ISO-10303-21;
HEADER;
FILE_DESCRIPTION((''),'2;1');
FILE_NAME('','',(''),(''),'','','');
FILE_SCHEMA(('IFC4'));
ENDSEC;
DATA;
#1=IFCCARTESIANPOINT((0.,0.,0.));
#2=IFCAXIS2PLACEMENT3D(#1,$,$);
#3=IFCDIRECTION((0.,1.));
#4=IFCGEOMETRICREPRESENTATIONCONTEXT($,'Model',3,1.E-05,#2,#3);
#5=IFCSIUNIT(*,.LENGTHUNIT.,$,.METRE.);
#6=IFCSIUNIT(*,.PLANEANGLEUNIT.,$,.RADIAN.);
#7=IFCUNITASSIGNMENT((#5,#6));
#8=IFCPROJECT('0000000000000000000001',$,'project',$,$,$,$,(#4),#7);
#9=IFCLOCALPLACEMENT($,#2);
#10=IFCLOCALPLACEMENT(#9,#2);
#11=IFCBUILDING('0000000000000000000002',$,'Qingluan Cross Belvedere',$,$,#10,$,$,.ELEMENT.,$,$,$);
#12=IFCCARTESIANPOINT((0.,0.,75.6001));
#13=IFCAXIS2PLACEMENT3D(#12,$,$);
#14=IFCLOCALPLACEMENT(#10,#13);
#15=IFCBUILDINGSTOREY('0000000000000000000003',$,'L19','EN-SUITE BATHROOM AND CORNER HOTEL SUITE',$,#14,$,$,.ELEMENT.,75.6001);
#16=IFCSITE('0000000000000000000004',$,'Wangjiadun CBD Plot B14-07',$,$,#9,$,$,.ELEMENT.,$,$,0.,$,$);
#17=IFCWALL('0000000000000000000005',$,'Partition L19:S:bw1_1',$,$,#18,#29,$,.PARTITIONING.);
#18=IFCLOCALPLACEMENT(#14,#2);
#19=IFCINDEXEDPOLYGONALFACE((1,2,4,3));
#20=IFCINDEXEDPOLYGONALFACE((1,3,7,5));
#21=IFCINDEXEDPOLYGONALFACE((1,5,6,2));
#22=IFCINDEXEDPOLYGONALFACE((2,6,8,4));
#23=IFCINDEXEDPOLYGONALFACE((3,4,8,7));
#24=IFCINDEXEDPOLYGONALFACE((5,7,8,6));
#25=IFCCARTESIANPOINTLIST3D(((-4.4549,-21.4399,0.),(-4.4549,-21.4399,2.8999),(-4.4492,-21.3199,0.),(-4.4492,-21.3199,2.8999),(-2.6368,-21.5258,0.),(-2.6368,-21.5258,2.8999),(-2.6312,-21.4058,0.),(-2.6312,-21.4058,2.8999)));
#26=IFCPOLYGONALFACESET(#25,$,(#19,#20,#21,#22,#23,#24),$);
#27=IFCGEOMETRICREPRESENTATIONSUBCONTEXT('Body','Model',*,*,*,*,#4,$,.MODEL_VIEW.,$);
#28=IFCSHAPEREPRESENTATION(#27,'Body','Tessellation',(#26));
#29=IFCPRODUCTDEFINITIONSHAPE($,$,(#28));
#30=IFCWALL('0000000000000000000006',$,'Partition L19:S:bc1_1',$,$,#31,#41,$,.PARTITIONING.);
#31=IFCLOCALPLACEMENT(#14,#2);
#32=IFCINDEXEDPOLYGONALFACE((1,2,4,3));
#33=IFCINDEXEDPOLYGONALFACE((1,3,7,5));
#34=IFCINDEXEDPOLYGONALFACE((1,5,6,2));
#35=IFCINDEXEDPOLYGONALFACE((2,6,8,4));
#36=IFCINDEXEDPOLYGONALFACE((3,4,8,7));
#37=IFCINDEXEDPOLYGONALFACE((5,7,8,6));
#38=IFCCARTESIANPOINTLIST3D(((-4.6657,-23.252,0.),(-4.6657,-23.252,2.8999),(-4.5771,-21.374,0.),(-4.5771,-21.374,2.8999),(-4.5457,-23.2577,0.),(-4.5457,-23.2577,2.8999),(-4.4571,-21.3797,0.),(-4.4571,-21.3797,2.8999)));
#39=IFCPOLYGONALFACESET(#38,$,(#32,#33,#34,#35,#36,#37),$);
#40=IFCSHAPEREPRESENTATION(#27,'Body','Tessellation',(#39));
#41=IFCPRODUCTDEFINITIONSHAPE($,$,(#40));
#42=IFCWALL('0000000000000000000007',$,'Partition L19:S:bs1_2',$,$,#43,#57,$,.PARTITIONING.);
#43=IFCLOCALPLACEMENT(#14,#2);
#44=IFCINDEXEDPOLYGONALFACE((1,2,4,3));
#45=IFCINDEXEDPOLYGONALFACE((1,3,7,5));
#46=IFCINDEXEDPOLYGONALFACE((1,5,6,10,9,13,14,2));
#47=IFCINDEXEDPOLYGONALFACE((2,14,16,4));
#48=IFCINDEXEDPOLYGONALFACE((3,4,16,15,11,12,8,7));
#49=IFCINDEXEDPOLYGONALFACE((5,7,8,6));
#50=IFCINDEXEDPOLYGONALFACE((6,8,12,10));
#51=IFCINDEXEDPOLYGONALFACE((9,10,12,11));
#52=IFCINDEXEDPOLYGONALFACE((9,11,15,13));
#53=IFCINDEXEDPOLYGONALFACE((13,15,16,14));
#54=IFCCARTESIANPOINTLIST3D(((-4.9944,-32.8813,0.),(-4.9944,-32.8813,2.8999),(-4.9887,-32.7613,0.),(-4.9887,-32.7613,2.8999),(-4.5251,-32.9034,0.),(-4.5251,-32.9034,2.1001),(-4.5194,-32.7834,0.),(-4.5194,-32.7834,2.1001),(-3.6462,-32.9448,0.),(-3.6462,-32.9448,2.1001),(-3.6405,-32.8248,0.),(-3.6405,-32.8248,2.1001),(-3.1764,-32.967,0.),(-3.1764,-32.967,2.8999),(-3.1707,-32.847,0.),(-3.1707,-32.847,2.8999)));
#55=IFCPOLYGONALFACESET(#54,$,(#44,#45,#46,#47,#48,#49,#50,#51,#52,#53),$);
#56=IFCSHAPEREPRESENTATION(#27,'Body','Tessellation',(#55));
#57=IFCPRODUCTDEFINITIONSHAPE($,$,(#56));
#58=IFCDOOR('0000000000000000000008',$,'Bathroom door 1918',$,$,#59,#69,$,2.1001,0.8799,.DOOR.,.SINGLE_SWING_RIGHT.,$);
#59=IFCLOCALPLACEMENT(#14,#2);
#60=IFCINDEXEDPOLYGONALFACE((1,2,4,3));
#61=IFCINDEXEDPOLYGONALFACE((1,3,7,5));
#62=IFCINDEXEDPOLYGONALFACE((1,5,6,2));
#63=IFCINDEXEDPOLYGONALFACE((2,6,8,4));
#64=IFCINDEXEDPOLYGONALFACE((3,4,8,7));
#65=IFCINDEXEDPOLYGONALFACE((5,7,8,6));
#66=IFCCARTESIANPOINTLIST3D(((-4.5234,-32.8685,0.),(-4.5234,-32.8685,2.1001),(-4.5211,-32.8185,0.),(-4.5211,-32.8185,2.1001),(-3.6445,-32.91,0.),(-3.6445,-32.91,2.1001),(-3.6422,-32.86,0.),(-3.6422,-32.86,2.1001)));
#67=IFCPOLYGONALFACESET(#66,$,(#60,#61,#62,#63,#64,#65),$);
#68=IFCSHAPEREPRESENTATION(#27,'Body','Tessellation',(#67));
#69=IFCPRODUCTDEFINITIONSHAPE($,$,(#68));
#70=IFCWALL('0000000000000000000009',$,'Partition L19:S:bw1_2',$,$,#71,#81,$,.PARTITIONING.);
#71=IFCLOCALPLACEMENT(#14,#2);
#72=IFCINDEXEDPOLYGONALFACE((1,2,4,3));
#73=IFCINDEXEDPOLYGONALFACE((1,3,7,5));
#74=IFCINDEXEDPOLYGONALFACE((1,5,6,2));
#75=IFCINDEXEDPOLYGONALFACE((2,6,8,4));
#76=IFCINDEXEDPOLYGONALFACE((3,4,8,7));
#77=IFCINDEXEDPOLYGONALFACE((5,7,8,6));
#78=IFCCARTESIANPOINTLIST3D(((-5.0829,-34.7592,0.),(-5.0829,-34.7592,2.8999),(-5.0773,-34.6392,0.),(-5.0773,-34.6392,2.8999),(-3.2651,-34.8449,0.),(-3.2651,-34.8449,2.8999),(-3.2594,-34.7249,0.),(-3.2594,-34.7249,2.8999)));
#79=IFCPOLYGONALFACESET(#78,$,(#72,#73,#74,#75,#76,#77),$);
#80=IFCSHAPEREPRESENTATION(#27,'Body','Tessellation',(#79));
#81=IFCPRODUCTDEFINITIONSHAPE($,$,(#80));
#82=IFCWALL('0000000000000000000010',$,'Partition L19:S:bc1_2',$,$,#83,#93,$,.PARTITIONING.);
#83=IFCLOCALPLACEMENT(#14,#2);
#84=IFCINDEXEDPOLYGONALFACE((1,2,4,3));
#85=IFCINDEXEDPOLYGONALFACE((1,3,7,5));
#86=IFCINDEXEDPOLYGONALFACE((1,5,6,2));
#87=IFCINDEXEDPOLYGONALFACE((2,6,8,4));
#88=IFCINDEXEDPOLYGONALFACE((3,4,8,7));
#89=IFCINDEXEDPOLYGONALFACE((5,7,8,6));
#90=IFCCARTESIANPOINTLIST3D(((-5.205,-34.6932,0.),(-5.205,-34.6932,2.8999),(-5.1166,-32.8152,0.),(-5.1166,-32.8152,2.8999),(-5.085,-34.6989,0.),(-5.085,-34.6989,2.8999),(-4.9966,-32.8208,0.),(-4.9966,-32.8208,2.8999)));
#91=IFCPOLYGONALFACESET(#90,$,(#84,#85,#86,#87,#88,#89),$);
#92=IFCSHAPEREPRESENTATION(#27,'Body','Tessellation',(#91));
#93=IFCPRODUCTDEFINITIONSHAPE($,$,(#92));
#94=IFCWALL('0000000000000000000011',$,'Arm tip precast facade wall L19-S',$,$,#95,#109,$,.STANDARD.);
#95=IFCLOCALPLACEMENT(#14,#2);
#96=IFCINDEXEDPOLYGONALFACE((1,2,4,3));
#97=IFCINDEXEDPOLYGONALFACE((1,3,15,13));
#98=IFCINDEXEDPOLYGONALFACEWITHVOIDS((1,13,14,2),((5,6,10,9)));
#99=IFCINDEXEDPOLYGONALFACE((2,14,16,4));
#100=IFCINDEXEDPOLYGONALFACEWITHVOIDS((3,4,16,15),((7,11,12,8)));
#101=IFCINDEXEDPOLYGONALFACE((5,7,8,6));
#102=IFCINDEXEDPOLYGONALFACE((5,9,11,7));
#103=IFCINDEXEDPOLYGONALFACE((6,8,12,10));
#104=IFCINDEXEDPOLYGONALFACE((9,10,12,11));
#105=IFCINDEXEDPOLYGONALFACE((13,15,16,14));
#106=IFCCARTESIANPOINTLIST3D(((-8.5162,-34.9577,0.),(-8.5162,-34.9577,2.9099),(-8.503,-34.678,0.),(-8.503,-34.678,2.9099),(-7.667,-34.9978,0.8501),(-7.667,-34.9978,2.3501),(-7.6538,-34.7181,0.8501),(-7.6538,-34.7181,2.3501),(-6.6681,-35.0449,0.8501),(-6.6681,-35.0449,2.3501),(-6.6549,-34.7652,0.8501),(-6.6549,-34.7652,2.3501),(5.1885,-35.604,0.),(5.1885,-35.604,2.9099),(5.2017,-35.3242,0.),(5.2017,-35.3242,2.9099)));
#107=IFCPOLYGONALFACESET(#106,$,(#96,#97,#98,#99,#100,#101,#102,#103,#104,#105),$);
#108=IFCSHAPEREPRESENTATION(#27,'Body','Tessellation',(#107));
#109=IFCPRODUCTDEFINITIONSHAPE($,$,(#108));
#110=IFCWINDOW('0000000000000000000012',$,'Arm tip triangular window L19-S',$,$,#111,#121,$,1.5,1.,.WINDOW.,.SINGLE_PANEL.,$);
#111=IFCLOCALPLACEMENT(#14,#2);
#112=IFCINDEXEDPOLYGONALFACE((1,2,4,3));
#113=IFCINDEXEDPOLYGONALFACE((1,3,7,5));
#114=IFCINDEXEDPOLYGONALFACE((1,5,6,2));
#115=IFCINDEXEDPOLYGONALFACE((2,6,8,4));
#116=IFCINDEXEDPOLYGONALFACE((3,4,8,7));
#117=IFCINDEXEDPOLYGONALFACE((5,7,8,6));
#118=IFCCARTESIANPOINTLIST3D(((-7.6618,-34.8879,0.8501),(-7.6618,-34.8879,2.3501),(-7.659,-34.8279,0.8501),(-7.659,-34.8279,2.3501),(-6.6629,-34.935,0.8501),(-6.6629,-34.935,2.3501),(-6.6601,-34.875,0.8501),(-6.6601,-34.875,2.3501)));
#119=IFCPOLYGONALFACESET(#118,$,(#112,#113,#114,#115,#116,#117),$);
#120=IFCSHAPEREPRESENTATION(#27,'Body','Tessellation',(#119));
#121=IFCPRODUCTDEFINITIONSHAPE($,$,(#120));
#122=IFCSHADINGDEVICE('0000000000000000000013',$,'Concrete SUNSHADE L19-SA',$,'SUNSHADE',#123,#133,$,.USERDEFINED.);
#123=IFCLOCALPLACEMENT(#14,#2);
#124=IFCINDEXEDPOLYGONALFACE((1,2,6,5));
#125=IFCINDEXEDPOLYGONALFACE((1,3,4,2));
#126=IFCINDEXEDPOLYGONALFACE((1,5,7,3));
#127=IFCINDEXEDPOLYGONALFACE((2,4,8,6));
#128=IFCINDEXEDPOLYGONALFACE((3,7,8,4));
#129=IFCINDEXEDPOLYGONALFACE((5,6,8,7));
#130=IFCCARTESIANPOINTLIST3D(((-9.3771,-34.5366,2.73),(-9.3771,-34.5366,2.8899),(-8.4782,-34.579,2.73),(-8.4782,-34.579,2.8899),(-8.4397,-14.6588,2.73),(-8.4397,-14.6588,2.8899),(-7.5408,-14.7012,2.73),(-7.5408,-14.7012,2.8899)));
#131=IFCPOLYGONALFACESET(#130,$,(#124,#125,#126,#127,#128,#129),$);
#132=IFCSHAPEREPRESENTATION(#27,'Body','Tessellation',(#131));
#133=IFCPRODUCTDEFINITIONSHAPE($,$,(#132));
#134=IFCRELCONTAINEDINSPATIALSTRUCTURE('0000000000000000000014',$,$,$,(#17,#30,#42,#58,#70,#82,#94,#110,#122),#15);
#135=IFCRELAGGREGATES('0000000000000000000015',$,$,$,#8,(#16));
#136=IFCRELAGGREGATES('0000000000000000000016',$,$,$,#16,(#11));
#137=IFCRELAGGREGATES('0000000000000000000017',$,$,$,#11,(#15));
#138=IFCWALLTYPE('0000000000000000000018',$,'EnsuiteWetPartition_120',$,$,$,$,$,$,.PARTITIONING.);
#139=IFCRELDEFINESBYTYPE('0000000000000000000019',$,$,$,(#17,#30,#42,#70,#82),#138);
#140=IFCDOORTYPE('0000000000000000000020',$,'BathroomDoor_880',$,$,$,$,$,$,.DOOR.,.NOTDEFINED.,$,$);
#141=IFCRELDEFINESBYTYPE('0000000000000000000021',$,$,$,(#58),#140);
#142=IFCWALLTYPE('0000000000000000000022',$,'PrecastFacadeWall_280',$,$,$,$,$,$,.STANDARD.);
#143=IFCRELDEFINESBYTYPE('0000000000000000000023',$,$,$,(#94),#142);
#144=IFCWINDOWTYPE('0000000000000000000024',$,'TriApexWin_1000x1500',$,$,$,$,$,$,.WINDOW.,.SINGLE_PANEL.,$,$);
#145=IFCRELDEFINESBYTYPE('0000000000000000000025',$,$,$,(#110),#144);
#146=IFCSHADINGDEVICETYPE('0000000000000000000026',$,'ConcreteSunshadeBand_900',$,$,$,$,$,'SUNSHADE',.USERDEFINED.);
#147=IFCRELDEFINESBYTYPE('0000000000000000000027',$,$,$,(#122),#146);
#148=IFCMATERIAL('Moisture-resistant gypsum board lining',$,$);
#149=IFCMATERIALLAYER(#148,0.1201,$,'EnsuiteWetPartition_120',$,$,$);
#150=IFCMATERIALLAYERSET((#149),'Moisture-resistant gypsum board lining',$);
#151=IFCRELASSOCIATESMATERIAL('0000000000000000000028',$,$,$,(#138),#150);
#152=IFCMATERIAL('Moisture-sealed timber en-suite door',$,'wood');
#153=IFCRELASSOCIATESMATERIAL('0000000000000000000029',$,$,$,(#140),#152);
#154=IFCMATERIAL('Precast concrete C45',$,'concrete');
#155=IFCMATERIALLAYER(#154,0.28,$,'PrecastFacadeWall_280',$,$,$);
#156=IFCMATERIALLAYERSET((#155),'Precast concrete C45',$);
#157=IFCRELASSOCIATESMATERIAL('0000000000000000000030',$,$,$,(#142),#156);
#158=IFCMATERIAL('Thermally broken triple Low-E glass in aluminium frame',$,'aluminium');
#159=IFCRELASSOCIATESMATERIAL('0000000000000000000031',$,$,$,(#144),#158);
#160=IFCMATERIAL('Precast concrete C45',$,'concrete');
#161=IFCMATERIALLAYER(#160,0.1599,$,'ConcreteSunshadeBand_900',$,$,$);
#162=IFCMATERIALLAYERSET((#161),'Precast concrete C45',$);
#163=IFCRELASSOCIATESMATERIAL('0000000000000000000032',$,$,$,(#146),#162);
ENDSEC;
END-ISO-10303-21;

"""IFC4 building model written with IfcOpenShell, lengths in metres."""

from ifc_helpers import new_model, si_unit, direction, frame, frame_2d, origin, origin_2d, place, context, subcontext, project, spatial, rectangle, extrude, material, layer, layer_set, type_object, element, fill, save


model = new_model("IFC4")

# Units and contexts
model_context = context("Model", 3, precision=1e-05, world=origin(), true_north=direction((0.0, 1.0)))
body_context = subcontext(model_context, "Body", "Model", "MODEL_VIEW")
ifc_project = project(units=[si_unit("LENGTHUNIT", "METRE"), si_unit("PLANEANGLEUNIT", "RADIAN")], contexts=[model_context])

# Site, building, storey
site_placement = place(None, origin())
site = spatial("IfcSite", under=ifc_project, at=site_placement, Name="Wangjiadun CBD Plot B14-07", CompositionType="ELEMENT", RefElevation=0.0)
building_placement = place(site_placement, origin())
building = spatial("IfcBuilding", under=site, at=building_placement, Name="Qingluan Cross Belvedere", CompositionType="ELEMENT")
storey_placement = place(building_placement, frame((0.0, 0.0, 75.6001)))
storey = spatial("IfcBuildingStorey", under=building, at=storey_placement, Name="L19", Description="EN-SUITE BATHROOM AND CORNER HOTEL SUITE", CompositionType="ELEMENT", Elevation=75.6001)

# Shared definitions
ifc_material_1 = material(Name="Moisture-resistant gypsum board lining")
ifc_layer_1 = layer(ifc_material_1, 0.1201, Name="EnsuiteWetPartition_120")
ifc_layer_set_1 = layer_set([ifc_layer_1], Name="Moisture-resistant gypsum board lining")
wall_type_1 = type_object("IfcWallType", Name="EnsuiteWetPartition_120", PredefinedType="PARTITIONING", material=ifc_layer_set_1)
ifc_material_2 = material(Name="Moisture-sealed timber en-suite door", Category="wood")
door_type = type_object("IfcDoorType", Name="BathroomDoor_880", OperationType="NOTDEFINED", PredefinedType="DOOR", material=ifc_material_2)

# Walls
wall_1_placement = place(storey_placement, frame((-4.4521, -21.3799, 0.0), z_axis=(0.0, 0.0, 1.0), x_axis=(0.998885, -0.047215, 0.0)))
element("IfcWall", 1, at=wall_1_placement, inside=storey, type_object=wall_type_1, Name="Partition L19:S:bw1_1", PredefinedType="PARTITIONING", context=body_context, shape_type="SweptSolid", body=[
    extrude(rectangle(XDim=1.8201, YDim=0.1201, at=frame_2d((0.9102, 0.0))), origin(), (0.0, 0.0, 1.0), 2.8999),
])
wall_2_placement = place(storey_placement, frame((-4.5171, -21.377, 0.0), z_axis=(0.0, 0.0, 1.0), x_axis=(-0.047139, -0.998888, 0.0)))
element("IfcWall", 2, at=wall_2_placement, inside=storey, type_object=wall_type_1, Name="Partition L19:S:bc1_1", PredefinedType="PARTITIONING", context=body_context, shape_type="SweptSolid", body=[
    extrude(rectangle(XDim=1.8801, YDim=0.1201, at=frame_2d((0.9399, 0.0))), origin(), (0.0, 0.0, 1.0), 2.8999),
])

# Wall, opening, door
wall_3_placement = place(storey_placement, frame((-4.9917, -32.8213, 0.0), z_axis=(0.0, 0.0, 1.0), x_axis=(0.998891, -0.047081, 0.0)))
wall_3 = element("IfcWall", 3, at=wall_3_placement, inside=storey, type_object=wall_type_1, Name="Partition L19:S:bs1_2", PredefinedType="PARTITIONING", context=body_context, shape_type="SweptSolid", body=[
    extrude(rectangle(XDim=1.8201, YDim=0.1201, at=frame_2d((0.9102, 0.0))), origin(), (0.0, 0.0, 1.0), 2.8999),
])
opening_1_placement = place(wall_3_placement, frame((0.47, 0.0, 0.0)))
opening_1 = element("IfcOpeningElement", 4, at=opening_1_placement, cuts=wall_3, PredefinedType="OPENING", context=body_context, shape_type="SweptSolid", body=[
    extrude(rectangle(XDim=0.8799, YDim=2.1001, at=frame_2d((0.4399, 1.05))), frame((0.0, 0.0701, 0.0), z_axis=(0.0, -1.0, 0.0), x_axis=(1.0, 0.0, 0.0)), (0.0, 0.0, 1.0), 0.1401),
])
door_1_placement = place(opening_1_placement, origin())
door_1 = element("IfcDoor", 5, at=door_1_placement, inside=storey, type_object=door_type, Name="Bathroom door 1918", OperationType="SINGLE_SWING_RIGHT", OverallHeight=2.1001, OverallWidth=0.8799, PredefinedType="DOOR", context=body_context, shape_type="SweptSolid", body=[
    extrude(rectangle(XDim=0.8799, YDim=2.1001, at=frame_2d((0.4399, 1.05))), frame((0.0, 0.0249, 0.0), z_axis=(0.0, -1.0, 0.0), x_axis=(1.0, 0.0, 0.0)), (0.0, 0.0, 1.0), 0.05),
])
fill(opening_1, door_1)

# Walls
wall_4_placement = place(storey_placement, frame((-5.0801, -34.6992, 0.0), z_axis=(0.0, 0.0, 1.0), x_axis=(0.998891, -0.047087, 0.0)))
element("IfcWall", 6, at=wall_4_placement, inside=storey, type_object=wall_type_1, Name="Partition L19:S:bw1_2", PredefinedType="PARTITIONING", context=body_context, shape_type="SweptSolid", body=[
    extrude(rectangle(XDim=1.8198, YDim=0.1201, at=frame_2d((0.9099, 0.0))), origin(), (0.0, 0.0, 1.0), 2.8999),
])
wall_5_placement = place(storey_placement, frame((-5.0566, -32.8181, 0.0), z_axis=(0.0, 0.0, 1.0), x_axis=(-0.04701, -0.998894, 0.0)))
element("IfcWall", 7, at=wall_5_placement, inside=storey, type_object=wall_type_1, Name="Partition L19:S:bc1_2", PredefinedType="PARTITIONING", context=body_context, shape_type="SweptSolid", body=[
    extrude(rectangle(XDim=1.8801, YDim=0.1201, at=frame_2d((0.9399, 0.0))), origin(), (0.0, 0.0, 1.0), 2.8999),
])

# Wall, opening, window
ifc_material_3 = material(Name="Precast concrete C45", Category="concrete")
ifc_layer_2 = layer(ifc_material_3, 0.28, Name="PrecastFacadeWall_280")
ifc_layer_set_2 = layer_set([ifc_layer_2], Name="Precast concrete C45")
wall_type_2 = type_object("IfcWallType", Name="PrecastFacadeWall_280", PredefinedType="STANDARD", material=ifc_layer_set_2)
wall_6_placement = place(storey_placement, frame((-8.5095, -34.8179, 0.0), z_axis=(0.0, 0.0, 1.0), x_axis=(0.99889, -0.047102, 0.0)))
wall_6 = element("IfcWall", 8, at=wall_6_placement, inside=storey, type_object=wall_type_2, Name="Arm tip precast facade wall L19-S", PredefinedType="STANDARD", context=body_context, shape_type="SweptSolid", body=[
    extrude(rectangle(XDim=13.72, YDim=0.28, at=frame_2d((6.8599, 0.0))), origin(), (0.0, 0.0, 1.0), 2.9099),
])
opening_2_placement = place(wall_6_placement, frame((0.8501, 0.0, 0.8501)))
opening_2 = element("IfcOpeningElement", 9, at=opening_2_placement, cuts=wall_6, PredefinedType="OPENING", context=body_context, shape_type="SweptSolid", body=[
    extrude(rectangle(XDim=1.0, YDim=1.5, at=frame_2d((0.5, 0.75))), frame((0.0, 0.1499, 0.0), z_axis=(0.0, -1.0, 0.0), x_axis=(1.0, 0.0, 0.0)), (0.0, 0.0, 1.0), 0.3),
])
ifc_material_4 = material(Name="Thermally broken triple Low-E glass in aluminium frame", Category="aluminium")
window_type = type_object("IfcWindowType", Name="TriApexWin_1000x1500", PartitioningType="SINGLE_PANEL", PredefinedType="WINDOW", material=ifc_material_4)
window_placement = place(opening_2_placement, origin())
window = element("IfcWindow", 10, at=window_placement, inside=storey, type_object=window_type, Name="Arm tip triangular window L19-S", OverallHeight=1.5, OverallWidth=1.0, PartitioningType="SINGLE_PANEL", PredefinedType="WINDOW", context=body_context, shape_type="SweptSolid", body=[
    extrude(rectangle(XDim=1.0, YDim=1.5, at=frame_2d((0.5, 0.75))), frame((0.0, 0.03, 0.0), z_axis=(0.0, -1.0, 0.0), x_axis=(1.0, 0.0, 0.0)), (0.0, 0.0, 1.0), 0.0601),
])
fill(opening_2, window)

# Shading device
ifc_material_5 = material(Name="Precast concrete C45", Category="concrete")
ifc_layer_3 = layer(ifc_material_5, 0.1599, Name="ConcreteSunshadeBand_900")
ifc_layer_set_3 = layer_set([ifc_layer_3], Name="Precast concrete C45")
shading_device_type = type_object("IfcShadingDeviceType", Name="ConcreteSunshadeBand_900", ElementType="SUNSHADE", PredefinedType="USERDEFINED", material=ifc_layer_set_3)
shading_device_placement = place(storey_placement, frame((-8.459, -24.6189, 2.73), z_axis=(0.0, 0.0, 1.0), x_axis=(-0.047105, -0.99889, 0.0)))
element("IfcShadingDevice", 11, at=shading_device_placement, inside=storey, type_object=shading_device_type, Name="Concrete SUNSHADE L19-SA", ObjectType="SUNSHADE", PredefinedType="USERDEFINED", context=body_context, shape_type="SweptSolid", body=[
    extrude(rectangle(XDim=19.8999, YDim=0.8999, at=origin_2d()), origin(), (0.0, 0.0, 1.0), 0.1599),
])

save(model, "model.ifc")
